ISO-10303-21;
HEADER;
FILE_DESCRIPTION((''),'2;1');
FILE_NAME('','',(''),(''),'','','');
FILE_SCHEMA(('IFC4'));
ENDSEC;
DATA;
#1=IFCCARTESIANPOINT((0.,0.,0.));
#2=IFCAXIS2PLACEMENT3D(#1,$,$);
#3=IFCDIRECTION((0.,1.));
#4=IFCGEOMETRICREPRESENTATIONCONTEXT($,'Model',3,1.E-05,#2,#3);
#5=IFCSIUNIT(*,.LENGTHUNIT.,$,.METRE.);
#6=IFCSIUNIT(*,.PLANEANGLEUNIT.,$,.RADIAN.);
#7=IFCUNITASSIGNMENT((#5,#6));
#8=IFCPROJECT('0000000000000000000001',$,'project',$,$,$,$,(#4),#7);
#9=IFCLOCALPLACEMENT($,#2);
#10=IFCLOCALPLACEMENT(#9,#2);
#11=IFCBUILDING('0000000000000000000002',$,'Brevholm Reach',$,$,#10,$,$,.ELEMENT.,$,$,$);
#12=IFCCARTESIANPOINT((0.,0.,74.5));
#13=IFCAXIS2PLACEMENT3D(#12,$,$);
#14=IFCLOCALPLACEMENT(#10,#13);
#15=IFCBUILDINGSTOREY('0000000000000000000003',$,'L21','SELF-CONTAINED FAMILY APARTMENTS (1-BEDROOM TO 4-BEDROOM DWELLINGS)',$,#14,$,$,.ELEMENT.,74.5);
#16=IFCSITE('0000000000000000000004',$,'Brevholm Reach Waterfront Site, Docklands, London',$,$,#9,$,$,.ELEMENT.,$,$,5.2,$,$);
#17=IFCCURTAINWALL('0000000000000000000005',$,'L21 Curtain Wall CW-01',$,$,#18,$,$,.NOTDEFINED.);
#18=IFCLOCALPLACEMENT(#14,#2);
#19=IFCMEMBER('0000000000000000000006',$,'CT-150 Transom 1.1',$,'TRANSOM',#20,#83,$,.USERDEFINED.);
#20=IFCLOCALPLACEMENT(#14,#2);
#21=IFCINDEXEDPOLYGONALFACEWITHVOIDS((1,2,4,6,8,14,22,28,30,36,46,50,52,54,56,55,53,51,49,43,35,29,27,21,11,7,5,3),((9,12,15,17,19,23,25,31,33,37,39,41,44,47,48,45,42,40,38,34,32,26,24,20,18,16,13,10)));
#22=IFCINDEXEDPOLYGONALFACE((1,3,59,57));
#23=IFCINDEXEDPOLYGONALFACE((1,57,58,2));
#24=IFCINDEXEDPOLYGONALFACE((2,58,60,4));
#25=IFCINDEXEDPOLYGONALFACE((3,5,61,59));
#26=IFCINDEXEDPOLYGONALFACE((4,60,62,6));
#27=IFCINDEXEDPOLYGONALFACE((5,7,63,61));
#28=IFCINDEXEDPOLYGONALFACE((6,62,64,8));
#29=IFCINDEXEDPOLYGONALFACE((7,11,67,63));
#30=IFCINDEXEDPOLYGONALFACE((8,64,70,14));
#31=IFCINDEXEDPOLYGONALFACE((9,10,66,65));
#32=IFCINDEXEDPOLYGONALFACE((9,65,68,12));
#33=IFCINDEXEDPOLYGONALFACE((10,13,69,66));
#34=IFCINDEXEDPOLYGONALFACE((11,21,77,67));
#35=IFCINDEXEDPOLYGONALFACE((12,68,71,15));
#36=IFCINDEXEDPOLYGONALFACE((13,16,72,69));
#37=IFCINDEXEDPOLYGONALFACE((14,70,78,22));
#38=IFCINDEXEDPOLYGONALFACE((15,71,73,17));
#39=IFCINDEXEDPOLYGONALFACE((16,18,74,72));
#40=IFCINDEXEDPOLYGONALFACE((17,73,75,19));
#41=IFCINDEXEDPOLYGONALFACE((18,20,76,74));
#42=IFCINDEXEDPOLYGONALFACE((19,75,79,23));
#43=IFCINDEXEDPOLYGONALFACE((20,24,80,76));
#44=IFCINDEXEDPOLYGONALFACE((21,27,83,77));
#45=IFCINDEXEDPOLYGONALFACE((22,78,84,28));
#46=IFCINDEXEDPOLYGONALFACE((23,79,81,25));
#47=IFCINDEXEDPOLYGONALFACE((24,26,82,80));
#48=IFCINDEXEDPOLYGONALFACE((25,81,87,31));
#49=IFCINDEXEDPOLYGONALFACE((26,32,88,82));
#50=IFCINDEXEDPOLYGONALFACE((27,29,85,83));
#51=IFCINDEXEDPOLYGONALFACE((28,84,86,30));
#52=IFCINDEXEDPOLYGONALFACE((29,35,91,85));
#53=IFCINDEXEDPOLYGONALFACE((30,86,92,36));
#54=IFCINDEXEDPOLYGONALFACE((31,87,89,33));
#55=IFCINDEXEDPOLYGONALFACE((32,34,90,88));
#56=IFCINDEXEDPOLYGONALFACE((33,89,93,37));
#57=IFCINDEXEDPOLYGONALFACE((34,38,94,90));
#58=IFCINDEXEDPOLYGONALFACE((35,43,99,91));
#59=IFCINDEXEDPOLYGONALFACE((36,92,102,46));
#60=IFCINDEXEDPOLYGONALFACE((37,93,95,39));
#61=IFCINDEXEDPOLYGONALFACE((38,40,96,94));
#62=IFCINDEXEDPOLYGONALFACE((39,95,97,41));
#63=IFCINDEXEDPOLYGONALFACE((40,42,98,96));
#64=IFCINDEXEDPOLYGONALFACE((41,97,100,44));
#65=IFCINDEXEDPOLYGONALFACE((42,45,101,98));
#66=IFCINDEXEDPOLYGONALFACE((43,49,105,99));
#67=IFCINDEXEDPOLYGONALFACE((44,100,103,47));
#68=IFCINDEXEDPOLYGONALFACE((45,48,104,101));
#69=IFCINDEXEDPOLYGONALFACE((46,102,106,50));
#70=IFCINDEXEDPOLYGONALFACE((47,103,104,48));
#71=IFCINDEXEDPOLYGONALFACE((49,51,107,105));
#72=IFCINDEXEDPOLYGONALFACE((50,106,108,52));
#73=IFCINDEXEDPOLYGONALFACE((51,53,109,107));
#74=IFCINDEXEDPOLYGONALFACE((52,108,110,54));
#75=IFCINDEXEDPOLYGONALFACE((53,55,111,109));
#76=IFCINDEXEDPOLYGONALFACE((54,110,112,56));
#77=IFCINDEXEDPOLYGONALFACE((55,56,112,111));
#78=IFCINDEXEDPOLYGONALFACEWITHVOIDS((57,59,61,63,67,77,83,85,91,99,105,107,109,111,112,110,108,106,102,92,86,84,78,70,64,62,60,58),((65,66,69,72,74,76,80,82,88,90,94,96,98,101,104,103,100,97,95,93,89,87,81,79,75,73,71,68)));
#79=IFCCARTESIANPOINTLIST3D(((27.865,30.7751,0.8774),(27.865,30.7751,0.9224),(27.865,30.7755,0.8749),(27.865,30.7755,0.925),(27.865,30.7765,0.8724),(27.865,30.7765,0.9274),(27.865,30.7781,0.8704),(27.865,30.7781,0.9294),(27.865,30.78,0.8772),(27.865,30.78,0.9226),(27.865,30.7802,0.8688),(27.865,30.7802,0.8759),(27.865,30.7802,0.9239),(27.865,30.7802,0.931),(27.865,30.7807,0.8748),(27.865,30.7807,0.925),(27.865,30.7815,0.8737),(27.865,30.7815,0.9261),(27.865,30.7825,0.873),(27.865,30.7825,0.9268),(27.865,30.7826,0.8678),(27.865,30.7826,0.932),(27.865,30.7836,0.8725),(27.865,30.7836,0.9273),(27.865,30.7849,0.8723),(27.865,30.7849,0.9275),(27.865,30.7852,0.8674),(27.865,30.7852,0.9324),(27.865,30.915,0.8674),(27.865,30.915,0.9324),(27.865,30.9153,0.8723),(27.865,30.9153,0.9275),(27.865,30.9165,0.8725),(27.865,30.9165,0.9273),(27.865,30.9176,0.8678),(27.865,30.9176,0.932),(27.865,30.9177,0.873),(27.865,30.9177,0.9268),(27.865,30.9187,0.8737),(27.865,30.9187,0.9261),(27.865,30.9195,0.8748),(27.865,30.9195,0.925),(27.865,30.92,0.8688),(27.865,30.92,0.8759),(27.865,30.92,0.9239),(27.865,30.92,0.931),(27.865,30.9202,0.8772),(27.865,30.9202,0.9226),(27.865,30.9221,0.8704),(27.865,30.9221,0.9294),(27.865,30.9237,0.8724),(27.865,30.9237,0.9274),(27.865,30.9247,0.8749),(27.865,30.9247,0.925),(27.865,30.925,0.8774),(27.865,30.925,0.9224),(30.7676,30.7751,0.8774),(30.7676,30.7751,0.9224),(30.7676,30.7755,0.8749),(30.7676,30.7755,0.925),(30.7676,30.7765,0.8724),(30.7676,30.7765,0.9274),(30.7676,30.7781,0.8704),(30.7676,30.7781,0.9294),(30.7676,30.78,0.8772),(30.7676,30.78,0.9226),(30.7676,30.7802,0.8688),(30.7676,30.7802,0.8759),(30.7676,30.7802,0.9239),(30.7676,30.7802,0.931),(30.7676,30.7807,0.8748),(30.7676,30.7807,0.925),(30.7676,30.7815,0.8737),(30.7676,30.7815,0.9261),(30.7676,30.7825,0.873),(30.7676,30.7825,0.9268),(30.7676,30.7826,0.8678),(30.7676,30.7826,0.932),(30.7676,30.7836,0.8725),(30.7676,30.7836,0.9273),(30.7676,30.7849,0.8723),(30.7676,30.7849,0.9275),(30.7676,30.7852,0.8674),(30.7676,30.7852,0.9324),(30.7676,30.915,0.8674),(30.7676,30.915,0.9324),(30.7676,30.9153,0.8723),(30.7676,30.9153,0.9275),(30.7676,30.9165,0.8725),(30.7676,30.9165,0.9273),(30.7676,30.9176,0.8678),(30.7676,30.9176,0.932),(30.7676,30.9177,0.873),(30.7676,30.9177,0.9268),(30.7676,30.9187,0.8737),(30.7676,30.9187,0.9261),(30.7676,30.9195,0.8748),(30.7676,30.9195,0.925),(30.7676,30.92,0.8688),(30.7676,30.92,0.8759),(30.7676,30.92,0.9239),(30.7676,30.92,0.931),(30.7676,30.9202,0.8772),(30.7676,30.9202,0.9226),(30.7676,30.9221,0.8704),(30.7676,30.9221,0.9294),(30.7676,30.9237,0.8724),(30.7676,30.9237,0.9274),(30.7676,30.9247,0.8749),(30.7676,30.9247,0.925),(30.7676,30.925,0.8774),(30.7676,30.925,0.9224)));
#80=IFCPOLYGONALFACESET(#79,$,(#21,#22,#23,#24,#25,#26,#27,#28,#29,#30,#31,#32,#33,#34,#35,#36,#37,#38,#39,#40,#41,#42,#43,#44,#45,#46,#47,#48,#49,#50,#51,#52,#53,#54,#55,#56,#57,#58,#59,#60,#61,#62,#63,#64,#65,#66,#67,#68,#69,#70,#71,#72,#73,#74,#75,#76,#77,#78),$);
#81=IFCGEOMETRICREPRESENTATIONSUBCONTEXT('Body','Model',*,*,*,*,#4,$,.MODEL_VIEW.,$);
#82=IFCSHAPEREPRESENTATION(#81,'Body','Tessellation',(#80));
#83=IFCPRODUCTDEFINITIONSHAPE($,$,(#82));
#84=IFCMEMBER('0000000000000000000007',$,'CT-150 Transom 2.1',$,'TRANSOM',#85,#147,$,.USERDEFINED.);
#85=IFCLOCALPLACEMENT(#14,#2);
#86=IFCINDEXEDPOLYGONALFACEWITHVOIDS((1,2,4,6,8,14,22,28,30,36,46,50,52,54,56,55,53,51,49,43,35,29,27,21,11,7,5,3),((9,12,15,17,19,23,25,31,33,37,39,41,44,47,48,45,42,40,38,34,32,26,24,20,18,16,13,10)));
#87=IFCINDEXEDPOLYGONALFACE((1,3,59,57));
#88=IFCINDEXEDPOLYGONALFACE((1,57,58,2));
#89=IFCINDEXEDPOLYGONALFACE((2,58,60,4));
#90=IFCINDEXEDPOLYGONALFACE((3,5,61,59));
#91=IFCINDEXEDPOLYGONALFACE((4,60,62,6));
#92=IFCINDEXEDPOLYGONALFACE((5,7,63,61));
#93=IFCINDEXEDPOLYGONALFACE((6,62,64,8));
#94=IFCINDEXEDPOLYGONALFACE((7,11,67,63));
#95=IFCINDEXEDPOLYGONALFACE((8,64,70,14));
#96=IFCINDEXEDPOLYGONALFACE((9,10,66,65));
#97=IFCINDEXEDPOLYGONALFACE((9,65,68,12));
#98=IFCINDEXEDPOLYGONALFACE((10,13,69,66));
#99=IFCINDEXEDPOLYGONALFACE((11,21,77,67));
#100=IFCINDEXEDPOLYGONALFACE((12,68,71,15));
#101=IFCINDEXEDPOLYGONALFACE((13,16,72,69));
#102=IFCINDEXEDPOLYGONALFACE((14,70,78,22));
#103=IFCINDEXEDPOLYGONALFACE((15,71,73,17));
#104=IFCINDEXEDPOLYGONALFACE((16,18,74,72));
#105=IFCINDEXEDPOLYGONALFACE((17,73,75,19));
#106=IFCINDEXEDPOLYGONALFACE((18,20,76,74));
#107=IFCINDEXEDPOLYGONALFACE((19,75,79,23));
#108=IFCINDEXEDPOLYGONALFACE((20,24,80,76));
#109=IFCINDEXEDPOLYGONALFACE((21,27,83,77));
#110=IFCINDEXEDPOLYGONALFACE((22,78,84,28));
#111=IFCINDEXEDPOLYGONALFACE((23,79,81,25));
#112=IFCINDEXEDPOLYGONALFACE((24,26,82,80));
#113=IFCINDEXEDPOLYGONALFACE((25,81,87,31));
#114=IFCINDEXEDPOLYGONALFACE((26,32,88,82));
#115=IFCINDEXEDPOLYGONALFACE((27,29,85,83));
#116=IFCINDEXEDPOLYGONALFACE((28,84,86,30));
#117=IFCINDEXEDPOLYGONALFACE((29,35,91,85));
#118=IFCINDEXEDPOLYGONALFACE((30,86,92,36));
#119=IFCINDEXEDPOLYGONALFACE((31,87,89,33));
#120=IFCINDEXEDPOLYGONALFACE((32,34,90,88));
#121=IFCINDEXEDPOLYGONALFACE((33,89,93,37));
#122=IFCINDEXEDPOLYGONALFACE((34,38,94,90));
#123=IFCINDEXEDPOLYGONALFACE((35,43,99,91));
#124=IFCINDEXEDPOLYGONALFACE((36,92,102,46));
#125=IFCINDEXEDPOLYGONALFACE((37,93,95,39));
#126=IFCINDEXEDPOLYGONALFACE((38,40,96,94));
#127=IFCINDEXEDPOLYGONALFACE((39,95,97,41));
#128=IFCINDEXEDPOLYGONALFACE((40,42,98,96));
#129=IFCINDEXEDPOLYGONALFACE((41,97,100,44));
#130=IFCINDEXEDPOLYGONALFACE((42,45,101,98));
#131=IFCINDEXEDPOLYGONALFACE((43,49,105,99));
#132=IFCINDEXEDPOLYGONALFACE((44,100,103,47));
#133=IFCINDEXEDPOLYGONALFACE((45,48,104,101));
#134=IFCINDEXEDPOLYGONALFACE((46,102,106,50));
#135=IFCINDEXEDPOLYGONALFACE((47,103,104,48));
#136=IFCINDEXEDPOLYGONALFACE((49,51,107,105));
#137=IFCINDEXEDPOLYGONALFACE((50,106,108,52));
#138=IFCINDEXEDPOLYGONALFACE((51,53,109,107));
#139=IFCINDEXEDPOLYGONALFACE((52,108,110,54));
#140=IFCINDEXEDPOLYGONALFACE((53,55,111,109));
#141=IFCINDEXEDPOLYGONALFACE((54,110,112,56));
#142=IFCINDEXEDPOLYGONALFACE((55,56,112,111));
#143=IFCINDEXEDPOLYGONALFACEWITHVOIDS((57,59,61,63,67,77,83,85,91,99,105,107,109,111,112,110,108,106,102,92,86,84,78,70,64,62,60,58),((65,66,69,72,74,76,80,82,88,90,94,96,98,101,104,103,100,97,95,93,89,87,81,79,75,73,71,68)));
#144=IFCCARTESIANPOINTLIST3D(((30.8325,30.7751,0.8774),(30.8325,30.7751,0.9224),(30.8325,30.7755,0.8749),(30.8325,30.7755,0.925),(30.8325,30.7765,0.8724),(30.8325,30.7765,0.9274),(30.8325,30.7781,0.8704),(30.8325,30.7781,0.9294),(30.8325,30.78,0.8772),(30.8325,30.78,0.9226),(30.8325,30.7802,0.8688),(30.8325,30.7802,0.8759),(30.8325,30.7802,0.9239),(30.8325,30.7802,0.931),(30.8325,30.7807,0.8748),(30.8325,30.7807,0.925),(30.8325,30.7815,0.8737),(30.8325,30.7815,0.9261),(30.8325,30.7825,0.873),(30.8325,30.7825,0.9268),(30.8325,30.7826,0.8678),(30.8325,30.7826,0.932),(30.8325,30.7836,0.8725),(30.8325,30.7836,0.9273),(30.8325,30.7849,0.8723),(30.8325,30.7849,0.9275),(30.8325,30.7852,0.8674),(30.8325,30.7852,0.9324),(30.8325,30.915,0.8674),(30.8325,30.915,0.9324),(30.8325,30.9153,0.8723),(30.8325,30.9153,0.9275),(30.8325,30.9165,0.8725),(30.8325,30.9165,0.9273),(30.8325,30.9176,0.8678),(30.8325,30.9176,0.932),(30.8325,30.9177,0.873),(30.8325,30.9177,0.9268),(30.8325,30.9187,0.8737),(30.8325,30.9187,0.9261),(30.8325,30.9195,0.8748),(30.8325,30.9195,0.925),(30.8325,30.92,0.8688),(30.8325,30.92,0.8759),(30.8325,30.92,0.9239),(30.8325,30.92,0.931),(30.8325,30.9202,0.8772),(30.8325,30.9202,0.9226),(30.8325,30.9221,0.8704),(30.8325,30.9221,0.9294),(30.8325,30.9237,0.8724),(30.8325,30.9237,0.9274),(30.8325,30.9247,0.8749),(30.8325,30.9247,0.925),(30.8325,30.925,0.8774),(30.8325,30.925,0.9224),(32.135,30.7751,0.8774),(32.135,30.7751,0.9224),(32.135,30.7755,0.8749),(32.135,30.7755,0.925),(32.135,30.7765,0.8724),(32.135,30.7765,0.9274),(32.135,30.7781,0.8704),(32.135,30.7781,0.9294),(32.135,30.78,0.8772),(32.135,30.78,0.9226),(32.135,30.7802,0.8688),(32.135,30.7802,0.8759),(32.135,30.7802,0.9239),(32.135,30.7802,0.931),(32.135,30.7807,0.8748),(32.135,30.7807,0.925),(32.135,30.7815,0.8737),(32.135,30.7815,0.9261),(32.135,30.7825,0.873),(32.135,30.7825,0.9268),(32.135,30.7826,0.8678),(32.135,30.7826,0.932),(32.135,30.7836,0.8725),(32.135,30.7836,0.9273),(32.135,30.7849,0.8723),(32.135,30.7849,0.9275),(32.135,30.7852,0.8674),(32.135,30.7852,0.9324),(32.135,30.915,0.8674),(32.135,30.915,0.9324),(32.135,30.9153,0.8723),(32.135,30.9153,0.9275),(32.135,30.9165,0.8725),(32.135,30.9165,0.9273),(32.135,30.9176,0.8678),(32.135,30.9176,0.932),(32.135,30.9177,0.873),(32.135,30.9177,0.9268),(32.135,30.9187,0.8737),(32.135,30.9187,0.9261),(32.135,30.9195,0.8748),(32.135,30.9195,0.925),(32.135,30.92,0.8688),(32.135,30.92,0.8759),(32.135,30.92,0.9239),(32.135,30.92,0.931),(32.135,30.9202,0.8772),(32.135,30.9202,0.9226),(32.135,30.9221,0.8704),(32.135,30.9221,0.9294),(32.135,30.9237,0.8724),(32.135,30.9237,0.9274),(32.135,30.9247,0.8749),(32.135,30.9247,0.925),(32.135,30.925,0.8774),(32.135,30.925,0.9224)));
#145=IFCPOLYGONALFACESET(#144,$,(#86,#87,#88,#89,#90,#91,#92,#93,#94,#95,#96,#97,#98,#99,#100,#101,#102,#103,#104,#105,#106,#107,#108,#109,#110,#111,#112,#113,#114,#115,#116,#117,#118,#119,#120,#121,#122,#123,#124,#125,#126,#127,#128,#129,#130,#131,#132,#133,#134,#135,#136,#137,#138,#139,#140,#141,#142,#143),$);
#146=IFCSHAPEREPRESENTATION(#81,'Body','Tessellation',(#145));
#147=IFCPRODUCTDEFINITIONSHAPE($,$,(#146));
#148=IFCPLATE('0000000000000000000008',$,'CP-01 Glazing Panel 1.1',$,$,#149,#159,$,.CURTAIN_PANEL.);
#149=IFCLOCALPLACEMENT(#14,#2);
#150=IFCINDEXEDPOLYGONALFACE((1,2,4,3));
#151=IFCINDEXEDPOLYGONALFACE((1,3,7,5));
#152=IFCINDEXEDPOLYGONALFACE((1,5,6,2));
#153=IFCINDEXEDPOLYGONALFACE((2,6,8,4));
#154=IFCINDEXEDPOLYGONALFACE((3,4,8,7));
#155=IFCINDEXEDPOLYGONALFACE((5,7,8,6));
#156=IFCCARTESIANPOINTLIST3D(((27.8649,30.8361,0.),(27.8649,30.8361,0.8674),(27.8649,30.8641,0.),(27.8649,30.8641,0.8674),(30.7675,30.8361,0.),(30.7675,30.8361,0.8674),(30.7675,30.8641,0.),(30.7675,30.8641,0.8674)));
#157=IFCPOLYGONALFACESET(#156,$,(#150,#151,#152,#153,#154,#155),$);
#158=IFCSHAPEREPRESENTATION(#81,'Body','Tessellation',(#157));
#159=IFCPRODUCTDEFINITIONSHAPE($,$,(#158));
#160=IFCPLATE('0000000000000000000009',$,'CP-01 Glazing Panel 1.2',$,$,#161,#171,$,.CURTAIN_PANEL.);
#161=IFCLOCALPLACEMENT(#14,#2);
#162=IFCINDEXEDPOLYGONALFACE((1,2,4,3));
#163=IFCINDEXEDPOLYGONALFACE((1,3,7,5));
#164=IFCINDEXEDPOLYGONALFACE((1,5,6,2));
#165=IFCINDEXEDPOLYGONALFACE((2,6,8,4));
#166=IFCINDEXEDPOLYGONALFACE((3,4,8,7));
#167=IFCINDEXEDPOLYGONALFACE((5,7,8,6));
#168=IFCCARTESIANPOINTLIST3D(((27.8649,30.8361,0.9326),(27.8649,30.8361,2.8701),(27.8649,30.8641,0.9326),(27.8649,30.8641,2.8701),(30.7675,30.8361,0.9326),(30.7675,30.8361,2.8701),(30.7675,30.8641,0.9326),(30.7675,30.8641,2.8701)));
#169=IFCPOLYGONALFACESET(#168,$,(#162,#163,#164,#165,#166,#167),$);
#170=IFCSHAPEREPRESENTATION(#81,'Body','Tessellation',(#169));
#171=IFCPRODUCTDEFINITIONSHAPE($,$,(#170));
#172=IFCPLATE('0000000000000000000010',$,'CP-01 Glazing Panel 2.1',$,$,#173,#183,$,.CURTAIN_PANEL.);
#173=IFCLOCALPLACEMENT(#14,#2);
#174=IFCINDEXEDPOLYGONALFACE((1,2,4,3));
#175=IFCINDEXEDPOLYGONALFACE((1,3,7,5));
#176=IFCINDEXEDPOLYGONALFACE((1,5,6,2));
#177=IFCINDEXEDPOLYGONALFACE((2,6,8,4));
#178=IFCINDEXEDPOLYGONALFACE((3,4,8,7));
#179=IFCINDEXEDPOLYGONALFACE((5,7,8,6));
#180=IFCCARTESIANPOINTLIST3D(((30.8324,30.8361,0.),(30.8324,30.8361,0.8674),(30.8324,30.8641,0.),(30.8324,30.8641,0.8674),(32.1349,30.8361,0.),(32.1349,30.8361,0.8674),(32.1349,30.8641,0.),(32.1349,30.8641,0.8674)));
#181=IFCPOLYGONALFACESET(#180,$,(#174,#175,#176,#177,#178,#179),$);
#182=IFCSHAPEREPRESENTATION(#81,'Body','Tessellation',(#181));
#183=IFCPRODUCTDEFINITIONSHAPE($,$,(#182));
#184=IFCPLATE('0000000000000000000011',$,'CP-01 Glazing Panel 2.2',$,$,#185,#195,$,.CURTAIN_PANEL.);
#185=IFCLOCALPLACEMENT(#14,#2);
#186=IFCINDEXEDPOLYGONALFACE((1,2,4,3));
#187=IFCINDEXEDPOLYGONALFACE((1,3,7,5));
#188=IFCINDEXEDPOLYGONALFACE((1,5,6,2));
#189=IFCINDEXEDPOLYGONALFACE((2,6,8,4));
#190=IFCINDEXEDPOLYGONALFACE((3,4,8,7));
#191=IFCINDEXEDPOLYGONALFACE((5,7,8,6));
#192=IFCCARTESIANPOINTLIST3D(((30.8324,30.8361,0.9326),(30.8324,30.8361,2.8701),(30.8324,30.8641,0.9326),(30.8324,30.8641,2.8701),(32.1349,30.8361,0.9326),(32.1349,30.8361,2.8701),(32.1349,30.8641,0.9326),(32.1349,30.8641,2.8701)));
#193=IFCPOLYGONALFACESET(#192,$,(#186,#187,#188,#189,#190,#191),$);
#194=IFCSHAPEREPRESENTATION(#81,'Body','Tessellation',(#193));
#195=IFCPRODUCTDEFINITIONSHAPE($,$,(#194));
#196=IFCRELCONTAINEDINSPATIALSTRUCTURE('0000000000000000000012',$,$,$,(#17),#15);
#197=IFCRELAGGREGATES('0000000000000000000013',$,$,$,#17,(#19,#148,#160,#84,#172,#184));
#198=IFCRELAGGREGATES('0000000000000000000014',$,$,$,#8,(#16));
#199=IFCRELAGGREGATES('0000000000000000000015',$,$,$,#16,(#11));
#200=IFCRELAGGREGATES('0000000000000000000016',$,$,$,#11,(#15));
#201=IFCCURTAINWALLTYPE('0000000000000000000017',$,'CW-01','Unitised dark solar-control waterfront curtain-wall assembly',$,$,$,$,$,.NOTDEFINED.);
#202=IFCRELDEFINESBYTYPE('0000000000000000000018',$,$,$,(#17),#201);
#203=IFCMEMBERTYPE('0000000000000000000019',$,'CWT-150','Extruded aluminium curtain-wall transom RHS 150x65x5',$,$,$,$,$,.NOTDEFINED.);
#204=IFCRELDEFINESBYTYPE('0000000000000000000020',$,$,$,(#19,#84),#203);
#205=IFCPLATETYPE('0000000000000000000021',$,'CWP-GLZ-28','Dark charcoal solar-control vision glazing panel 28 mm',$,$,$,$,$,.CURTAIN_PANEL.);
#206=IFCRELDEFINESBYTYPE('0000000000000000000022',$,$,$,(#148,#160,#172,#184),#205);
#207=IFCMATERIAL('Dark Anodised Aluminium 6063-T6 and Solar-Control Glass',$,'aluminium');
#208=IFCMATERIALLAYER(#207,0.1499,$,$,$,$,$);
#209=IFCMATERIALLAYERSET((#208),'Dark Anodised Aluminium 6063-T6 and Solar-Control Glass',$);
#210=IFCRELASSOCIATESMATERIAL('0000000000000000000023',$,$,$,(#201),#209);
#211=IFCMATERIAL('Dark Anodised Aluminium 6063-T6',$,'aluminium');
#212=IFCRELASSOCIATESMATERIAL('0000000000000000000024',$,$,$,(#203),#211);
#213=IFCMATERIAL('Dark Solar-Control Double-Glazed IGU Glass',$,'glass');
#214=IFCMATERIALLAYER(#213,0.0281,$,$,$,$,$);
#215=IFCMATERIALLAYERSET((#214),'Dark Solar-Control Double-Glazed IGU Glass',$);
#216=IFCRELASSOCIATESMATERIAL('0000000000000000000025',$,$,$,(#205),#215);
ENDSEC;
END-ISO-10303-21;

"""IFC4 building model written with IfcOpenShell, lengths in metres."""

from ifc_helpers import new_model, si_unit, direction, frame, origin, origin_2d, place, context, subcontext, project, spatial, rectangle, hollow_rectangle, extrude, material, layer, layer_set, material_profile, profile_set, type_object, element, aggregate, save


model = new_model("IFC4")

# Units and contexts
model_context = context("Model", 3, precision=1e-05, world=origin(), true_north=direction((0.0, 1.0)))
body_context = subcontext(model_context, "Body", "Model", "MODEL_VIEW")
ifc_project = project(units=[si_unit("LENGTHUNIT", "METRE"), si_unit("PLANEANGLEUNIT", "RADIAN")], contexts=[model_context])

# Site, building, storey
site_placement = place(None, origin())
site = spatial("IfcSite", under=ifc_project, at=site_placement, Name="Brevholm Reach Waterfront Site, Docklands, London", CompositionType="ELEMENT", RefElevation=5.2)
building_placement = place(site_placement, origin())
building = spatial("IfcBuilding", under=site, at=building_placement, Name="Brevholm Reach", CompositionType="ELEMENT")
storey_placement = place(building_placement, frame((0.0, 0.0, 74.5)))
storey = spatial("IfcBuildingStorey", under=building, at=storey_placement, Name="L21", Description="SELF-CONTAINED FAMILY APARTMENTS (1-BEDROOM TO 4-BEDROOM DWELLINGS)", CompositionType="ELEMENT", Elevation=74.5)

# Curtain wall
ifc_material_1 = material(Name="Dark Anodised Aluminium 6063-T6 and Solar-Control Glass", Category="aluminium")
ifc_layer_1 = layer(ifc_material_1, 0.1499)
ifc_layer_set_1 = layer_set([ifc_layer_1], Name="Dark Anodised Aluminium 6063-T6 and Solar-Control Glass")
curtain_wall_type_1 = type_object("IfcCurtainWallType", Name="CW-01", Description="Unitised dark solar-control waterfront curtain-wall assembly", PredefinedType="NOTDEFINED", material=ifc_layer_set_1)
curtain_wall_1_placement = place(storey_placement, origin())
curtain_wall_1 = element("IfcCurtainWall", 1, at=curtain_wall_1_placement, inside=storey, type_object=curtain_wall_type_1, Name="L21 Curtain Wall CW-01", PredefinedType="NOTDEFINED")

# Members
ifc_material_2 = material(Name="Dark Anodised Aluminium 6063-T6", Category="aluminium")
ifc_material_profile_1 = material_profile(ifc_material_2, hollow_rectangle(XDim=0.0649, YDim=0.1499, WallThickness=0.0049, InnerFilletRadius=0.0049, OuterFilletRadius=0.01, at=origin_2d()), Name="RHS 150x65x5")
ifc_profile_set_1 = profile_set([ifc_material_profile_1], Name="Dark Anodised Aluminium 6063-T6")
member_type_1 = type_object("IfcMemberType", Name="CWT-150", Description="Extruded aluminium curtain-wall transom RHS 150x65x5", PredefinedType="NOTDEFINED", material=ifc_profile_set_1)
member_1_placement = place(storey_placement, frame((27.865, 30.8501, 0.8999), z_axis=(1.0, 0.0, 0.0), x_axis=(0.0, 0.0, 1.0)))
member_1 = element("IfcMember", 2, at=member_1_placement, type_object=member_type_1, Name="CT-150 Transom 1.1", ObjectType="TRANSOM", PredefinedType="USERDEFINED", context=body_context, shape_type="SweptSolid", body=[
    extrude(hollow_rectangle(XDim=0.0649, YDim=0.1499, WallThickness=0.0049, InnerFilletRadius=0.0049, OuterFilletRadius=0.01, at=origin_2d()), origin(), (0.0, 0.0, 1.0), 2.9026),
])
member_2_placement = place(storey_placement, frame((30.8325, 30.8501, 0.8999), z_axis=(1.0, 0.0, 0.0), x_axis=(0.0, 0.0, 1.0)))
member_2 = element("IfcMember", 3, at=member_2_placement, type_object=member_type_1, Name="CT-150 Transom 2.1", ObjectType="TRANSOM", PredefinedType="USERDEFINED", context=body_context, shape_type="SweptSolid", body=[
    extrude(hollow_rectangle(XDim=0.0649, YDim=0.1499, WallThickness=0.0049, InnerFilletRadius=0.0049, OuterFilletRadius=0.01, at=origin_2d()), origin(), (0.0, 0.0, 1.0), 1.3025),
])

# Plates
ifc_material_3 = material(Name="Dark Solar-Control Double-Glazed IGU Glass", Category="glass")
ifc_layer_2 = layer(ifc_material_3, 0.0281)
ifc_layer_set_2 = layer_set([ifc_layer_2], Name="Dark Solar-Control Double-Glazed IGU Glass")
plate_type_1 = type_object("IfcPlateType", Name="CWP-GLZ-28", Description="Dark charcoal solar-control vision glazing panel 28 mm", PredefinedType="CURTAIN_PANEL", material=ifc_layer_set_2)
plate_1_placement = place(storey_placement, frame((29.3162, 30.8501, 0.0), z_axis=(0.0, 0.0, 1.0), x_axis=(1.0, 0.0, 0.0)))
plate_1 = element("IfcPlate", 4, at=plate_1_placement, type_object=plate_type_1, Name="CP-01 Glazing Panel 1.1", PredefinedType="CURTAIN_PANEL", context=body_context, shape_type="SweptSolid", body=[
    extrude(rectangle(XDim=2.9026, YDim=0.0281, at=origin_2d()), origin(), (0.0, 0.0, 1.0), 0.8674),
])
plate_2_placement = place(storey_placement, frame((29.3162, 30.8501, 0.9326), z_axis=(0.0, 0.0, 1.0), x_axis=(1.0, 0.0, 0.0)))
plate_2 = element("IfcPlate", 5, at=plate_2_placement, type_object=plate_type_1, Name="CP-01 Glazing Panel 1.2", PredefinedType="CURTAIN_PANEL", context=body_context, shape_type="SweptSolid", body=[
    extrude(rectangle(XDim=2.9026, YDim=0.0281, at=origin_2d()), origin(), (0.0, 0.0, 1.0), 1.9375),
])
plate_3_placement = place(storey_placement, frame((31.4836, 30.8501, 0.0), z_axis=(0.0, 0.0, 1.0), x_axis=(1.0, 0.0, 0.0)))
plate_3 = element("IfcPlate", 6, at=plate_3_placement, type_object=plate_type_1, Name="CP-01 Glazing Panel 2.1", PredefinedType="CURTAIN_PANEL", context=body_context, shape_type="SweptSolid", body=[
    extrude(rectangle(XDim=1.3025, YDim=0.0281, at=origin_2d()), origin(), (0.0, 0.0, 1.0), 0.8674),
])
plate_4_placement = place(storey_placement, frame((31.4836, 30.8501, 0.9326), z_axis=(0.0, 0.0, 1.0), x_axis=(1.0, 0.0, 0.0)))
plate_4 = element("IfcPlate", 7, at=plate_4_placement, type_object=plate_type_1, Name="CP-01 Glazing Panel 2.2", PredefinedType="CURTAIN_PANEL", context=body_context, shape_type="SweptSolid", body=[
    extrude(rectangle(XDim=1.3025, YDim=0.0281, at=origin_2d()), origin(), (0.0, 0.0, 1.0), 1.9375),
])
aggregate(curtain_wall_1, [member_1, plate_1, plate_2, member_2, plate_3, plate_4])

save(model, "model.ifc")
